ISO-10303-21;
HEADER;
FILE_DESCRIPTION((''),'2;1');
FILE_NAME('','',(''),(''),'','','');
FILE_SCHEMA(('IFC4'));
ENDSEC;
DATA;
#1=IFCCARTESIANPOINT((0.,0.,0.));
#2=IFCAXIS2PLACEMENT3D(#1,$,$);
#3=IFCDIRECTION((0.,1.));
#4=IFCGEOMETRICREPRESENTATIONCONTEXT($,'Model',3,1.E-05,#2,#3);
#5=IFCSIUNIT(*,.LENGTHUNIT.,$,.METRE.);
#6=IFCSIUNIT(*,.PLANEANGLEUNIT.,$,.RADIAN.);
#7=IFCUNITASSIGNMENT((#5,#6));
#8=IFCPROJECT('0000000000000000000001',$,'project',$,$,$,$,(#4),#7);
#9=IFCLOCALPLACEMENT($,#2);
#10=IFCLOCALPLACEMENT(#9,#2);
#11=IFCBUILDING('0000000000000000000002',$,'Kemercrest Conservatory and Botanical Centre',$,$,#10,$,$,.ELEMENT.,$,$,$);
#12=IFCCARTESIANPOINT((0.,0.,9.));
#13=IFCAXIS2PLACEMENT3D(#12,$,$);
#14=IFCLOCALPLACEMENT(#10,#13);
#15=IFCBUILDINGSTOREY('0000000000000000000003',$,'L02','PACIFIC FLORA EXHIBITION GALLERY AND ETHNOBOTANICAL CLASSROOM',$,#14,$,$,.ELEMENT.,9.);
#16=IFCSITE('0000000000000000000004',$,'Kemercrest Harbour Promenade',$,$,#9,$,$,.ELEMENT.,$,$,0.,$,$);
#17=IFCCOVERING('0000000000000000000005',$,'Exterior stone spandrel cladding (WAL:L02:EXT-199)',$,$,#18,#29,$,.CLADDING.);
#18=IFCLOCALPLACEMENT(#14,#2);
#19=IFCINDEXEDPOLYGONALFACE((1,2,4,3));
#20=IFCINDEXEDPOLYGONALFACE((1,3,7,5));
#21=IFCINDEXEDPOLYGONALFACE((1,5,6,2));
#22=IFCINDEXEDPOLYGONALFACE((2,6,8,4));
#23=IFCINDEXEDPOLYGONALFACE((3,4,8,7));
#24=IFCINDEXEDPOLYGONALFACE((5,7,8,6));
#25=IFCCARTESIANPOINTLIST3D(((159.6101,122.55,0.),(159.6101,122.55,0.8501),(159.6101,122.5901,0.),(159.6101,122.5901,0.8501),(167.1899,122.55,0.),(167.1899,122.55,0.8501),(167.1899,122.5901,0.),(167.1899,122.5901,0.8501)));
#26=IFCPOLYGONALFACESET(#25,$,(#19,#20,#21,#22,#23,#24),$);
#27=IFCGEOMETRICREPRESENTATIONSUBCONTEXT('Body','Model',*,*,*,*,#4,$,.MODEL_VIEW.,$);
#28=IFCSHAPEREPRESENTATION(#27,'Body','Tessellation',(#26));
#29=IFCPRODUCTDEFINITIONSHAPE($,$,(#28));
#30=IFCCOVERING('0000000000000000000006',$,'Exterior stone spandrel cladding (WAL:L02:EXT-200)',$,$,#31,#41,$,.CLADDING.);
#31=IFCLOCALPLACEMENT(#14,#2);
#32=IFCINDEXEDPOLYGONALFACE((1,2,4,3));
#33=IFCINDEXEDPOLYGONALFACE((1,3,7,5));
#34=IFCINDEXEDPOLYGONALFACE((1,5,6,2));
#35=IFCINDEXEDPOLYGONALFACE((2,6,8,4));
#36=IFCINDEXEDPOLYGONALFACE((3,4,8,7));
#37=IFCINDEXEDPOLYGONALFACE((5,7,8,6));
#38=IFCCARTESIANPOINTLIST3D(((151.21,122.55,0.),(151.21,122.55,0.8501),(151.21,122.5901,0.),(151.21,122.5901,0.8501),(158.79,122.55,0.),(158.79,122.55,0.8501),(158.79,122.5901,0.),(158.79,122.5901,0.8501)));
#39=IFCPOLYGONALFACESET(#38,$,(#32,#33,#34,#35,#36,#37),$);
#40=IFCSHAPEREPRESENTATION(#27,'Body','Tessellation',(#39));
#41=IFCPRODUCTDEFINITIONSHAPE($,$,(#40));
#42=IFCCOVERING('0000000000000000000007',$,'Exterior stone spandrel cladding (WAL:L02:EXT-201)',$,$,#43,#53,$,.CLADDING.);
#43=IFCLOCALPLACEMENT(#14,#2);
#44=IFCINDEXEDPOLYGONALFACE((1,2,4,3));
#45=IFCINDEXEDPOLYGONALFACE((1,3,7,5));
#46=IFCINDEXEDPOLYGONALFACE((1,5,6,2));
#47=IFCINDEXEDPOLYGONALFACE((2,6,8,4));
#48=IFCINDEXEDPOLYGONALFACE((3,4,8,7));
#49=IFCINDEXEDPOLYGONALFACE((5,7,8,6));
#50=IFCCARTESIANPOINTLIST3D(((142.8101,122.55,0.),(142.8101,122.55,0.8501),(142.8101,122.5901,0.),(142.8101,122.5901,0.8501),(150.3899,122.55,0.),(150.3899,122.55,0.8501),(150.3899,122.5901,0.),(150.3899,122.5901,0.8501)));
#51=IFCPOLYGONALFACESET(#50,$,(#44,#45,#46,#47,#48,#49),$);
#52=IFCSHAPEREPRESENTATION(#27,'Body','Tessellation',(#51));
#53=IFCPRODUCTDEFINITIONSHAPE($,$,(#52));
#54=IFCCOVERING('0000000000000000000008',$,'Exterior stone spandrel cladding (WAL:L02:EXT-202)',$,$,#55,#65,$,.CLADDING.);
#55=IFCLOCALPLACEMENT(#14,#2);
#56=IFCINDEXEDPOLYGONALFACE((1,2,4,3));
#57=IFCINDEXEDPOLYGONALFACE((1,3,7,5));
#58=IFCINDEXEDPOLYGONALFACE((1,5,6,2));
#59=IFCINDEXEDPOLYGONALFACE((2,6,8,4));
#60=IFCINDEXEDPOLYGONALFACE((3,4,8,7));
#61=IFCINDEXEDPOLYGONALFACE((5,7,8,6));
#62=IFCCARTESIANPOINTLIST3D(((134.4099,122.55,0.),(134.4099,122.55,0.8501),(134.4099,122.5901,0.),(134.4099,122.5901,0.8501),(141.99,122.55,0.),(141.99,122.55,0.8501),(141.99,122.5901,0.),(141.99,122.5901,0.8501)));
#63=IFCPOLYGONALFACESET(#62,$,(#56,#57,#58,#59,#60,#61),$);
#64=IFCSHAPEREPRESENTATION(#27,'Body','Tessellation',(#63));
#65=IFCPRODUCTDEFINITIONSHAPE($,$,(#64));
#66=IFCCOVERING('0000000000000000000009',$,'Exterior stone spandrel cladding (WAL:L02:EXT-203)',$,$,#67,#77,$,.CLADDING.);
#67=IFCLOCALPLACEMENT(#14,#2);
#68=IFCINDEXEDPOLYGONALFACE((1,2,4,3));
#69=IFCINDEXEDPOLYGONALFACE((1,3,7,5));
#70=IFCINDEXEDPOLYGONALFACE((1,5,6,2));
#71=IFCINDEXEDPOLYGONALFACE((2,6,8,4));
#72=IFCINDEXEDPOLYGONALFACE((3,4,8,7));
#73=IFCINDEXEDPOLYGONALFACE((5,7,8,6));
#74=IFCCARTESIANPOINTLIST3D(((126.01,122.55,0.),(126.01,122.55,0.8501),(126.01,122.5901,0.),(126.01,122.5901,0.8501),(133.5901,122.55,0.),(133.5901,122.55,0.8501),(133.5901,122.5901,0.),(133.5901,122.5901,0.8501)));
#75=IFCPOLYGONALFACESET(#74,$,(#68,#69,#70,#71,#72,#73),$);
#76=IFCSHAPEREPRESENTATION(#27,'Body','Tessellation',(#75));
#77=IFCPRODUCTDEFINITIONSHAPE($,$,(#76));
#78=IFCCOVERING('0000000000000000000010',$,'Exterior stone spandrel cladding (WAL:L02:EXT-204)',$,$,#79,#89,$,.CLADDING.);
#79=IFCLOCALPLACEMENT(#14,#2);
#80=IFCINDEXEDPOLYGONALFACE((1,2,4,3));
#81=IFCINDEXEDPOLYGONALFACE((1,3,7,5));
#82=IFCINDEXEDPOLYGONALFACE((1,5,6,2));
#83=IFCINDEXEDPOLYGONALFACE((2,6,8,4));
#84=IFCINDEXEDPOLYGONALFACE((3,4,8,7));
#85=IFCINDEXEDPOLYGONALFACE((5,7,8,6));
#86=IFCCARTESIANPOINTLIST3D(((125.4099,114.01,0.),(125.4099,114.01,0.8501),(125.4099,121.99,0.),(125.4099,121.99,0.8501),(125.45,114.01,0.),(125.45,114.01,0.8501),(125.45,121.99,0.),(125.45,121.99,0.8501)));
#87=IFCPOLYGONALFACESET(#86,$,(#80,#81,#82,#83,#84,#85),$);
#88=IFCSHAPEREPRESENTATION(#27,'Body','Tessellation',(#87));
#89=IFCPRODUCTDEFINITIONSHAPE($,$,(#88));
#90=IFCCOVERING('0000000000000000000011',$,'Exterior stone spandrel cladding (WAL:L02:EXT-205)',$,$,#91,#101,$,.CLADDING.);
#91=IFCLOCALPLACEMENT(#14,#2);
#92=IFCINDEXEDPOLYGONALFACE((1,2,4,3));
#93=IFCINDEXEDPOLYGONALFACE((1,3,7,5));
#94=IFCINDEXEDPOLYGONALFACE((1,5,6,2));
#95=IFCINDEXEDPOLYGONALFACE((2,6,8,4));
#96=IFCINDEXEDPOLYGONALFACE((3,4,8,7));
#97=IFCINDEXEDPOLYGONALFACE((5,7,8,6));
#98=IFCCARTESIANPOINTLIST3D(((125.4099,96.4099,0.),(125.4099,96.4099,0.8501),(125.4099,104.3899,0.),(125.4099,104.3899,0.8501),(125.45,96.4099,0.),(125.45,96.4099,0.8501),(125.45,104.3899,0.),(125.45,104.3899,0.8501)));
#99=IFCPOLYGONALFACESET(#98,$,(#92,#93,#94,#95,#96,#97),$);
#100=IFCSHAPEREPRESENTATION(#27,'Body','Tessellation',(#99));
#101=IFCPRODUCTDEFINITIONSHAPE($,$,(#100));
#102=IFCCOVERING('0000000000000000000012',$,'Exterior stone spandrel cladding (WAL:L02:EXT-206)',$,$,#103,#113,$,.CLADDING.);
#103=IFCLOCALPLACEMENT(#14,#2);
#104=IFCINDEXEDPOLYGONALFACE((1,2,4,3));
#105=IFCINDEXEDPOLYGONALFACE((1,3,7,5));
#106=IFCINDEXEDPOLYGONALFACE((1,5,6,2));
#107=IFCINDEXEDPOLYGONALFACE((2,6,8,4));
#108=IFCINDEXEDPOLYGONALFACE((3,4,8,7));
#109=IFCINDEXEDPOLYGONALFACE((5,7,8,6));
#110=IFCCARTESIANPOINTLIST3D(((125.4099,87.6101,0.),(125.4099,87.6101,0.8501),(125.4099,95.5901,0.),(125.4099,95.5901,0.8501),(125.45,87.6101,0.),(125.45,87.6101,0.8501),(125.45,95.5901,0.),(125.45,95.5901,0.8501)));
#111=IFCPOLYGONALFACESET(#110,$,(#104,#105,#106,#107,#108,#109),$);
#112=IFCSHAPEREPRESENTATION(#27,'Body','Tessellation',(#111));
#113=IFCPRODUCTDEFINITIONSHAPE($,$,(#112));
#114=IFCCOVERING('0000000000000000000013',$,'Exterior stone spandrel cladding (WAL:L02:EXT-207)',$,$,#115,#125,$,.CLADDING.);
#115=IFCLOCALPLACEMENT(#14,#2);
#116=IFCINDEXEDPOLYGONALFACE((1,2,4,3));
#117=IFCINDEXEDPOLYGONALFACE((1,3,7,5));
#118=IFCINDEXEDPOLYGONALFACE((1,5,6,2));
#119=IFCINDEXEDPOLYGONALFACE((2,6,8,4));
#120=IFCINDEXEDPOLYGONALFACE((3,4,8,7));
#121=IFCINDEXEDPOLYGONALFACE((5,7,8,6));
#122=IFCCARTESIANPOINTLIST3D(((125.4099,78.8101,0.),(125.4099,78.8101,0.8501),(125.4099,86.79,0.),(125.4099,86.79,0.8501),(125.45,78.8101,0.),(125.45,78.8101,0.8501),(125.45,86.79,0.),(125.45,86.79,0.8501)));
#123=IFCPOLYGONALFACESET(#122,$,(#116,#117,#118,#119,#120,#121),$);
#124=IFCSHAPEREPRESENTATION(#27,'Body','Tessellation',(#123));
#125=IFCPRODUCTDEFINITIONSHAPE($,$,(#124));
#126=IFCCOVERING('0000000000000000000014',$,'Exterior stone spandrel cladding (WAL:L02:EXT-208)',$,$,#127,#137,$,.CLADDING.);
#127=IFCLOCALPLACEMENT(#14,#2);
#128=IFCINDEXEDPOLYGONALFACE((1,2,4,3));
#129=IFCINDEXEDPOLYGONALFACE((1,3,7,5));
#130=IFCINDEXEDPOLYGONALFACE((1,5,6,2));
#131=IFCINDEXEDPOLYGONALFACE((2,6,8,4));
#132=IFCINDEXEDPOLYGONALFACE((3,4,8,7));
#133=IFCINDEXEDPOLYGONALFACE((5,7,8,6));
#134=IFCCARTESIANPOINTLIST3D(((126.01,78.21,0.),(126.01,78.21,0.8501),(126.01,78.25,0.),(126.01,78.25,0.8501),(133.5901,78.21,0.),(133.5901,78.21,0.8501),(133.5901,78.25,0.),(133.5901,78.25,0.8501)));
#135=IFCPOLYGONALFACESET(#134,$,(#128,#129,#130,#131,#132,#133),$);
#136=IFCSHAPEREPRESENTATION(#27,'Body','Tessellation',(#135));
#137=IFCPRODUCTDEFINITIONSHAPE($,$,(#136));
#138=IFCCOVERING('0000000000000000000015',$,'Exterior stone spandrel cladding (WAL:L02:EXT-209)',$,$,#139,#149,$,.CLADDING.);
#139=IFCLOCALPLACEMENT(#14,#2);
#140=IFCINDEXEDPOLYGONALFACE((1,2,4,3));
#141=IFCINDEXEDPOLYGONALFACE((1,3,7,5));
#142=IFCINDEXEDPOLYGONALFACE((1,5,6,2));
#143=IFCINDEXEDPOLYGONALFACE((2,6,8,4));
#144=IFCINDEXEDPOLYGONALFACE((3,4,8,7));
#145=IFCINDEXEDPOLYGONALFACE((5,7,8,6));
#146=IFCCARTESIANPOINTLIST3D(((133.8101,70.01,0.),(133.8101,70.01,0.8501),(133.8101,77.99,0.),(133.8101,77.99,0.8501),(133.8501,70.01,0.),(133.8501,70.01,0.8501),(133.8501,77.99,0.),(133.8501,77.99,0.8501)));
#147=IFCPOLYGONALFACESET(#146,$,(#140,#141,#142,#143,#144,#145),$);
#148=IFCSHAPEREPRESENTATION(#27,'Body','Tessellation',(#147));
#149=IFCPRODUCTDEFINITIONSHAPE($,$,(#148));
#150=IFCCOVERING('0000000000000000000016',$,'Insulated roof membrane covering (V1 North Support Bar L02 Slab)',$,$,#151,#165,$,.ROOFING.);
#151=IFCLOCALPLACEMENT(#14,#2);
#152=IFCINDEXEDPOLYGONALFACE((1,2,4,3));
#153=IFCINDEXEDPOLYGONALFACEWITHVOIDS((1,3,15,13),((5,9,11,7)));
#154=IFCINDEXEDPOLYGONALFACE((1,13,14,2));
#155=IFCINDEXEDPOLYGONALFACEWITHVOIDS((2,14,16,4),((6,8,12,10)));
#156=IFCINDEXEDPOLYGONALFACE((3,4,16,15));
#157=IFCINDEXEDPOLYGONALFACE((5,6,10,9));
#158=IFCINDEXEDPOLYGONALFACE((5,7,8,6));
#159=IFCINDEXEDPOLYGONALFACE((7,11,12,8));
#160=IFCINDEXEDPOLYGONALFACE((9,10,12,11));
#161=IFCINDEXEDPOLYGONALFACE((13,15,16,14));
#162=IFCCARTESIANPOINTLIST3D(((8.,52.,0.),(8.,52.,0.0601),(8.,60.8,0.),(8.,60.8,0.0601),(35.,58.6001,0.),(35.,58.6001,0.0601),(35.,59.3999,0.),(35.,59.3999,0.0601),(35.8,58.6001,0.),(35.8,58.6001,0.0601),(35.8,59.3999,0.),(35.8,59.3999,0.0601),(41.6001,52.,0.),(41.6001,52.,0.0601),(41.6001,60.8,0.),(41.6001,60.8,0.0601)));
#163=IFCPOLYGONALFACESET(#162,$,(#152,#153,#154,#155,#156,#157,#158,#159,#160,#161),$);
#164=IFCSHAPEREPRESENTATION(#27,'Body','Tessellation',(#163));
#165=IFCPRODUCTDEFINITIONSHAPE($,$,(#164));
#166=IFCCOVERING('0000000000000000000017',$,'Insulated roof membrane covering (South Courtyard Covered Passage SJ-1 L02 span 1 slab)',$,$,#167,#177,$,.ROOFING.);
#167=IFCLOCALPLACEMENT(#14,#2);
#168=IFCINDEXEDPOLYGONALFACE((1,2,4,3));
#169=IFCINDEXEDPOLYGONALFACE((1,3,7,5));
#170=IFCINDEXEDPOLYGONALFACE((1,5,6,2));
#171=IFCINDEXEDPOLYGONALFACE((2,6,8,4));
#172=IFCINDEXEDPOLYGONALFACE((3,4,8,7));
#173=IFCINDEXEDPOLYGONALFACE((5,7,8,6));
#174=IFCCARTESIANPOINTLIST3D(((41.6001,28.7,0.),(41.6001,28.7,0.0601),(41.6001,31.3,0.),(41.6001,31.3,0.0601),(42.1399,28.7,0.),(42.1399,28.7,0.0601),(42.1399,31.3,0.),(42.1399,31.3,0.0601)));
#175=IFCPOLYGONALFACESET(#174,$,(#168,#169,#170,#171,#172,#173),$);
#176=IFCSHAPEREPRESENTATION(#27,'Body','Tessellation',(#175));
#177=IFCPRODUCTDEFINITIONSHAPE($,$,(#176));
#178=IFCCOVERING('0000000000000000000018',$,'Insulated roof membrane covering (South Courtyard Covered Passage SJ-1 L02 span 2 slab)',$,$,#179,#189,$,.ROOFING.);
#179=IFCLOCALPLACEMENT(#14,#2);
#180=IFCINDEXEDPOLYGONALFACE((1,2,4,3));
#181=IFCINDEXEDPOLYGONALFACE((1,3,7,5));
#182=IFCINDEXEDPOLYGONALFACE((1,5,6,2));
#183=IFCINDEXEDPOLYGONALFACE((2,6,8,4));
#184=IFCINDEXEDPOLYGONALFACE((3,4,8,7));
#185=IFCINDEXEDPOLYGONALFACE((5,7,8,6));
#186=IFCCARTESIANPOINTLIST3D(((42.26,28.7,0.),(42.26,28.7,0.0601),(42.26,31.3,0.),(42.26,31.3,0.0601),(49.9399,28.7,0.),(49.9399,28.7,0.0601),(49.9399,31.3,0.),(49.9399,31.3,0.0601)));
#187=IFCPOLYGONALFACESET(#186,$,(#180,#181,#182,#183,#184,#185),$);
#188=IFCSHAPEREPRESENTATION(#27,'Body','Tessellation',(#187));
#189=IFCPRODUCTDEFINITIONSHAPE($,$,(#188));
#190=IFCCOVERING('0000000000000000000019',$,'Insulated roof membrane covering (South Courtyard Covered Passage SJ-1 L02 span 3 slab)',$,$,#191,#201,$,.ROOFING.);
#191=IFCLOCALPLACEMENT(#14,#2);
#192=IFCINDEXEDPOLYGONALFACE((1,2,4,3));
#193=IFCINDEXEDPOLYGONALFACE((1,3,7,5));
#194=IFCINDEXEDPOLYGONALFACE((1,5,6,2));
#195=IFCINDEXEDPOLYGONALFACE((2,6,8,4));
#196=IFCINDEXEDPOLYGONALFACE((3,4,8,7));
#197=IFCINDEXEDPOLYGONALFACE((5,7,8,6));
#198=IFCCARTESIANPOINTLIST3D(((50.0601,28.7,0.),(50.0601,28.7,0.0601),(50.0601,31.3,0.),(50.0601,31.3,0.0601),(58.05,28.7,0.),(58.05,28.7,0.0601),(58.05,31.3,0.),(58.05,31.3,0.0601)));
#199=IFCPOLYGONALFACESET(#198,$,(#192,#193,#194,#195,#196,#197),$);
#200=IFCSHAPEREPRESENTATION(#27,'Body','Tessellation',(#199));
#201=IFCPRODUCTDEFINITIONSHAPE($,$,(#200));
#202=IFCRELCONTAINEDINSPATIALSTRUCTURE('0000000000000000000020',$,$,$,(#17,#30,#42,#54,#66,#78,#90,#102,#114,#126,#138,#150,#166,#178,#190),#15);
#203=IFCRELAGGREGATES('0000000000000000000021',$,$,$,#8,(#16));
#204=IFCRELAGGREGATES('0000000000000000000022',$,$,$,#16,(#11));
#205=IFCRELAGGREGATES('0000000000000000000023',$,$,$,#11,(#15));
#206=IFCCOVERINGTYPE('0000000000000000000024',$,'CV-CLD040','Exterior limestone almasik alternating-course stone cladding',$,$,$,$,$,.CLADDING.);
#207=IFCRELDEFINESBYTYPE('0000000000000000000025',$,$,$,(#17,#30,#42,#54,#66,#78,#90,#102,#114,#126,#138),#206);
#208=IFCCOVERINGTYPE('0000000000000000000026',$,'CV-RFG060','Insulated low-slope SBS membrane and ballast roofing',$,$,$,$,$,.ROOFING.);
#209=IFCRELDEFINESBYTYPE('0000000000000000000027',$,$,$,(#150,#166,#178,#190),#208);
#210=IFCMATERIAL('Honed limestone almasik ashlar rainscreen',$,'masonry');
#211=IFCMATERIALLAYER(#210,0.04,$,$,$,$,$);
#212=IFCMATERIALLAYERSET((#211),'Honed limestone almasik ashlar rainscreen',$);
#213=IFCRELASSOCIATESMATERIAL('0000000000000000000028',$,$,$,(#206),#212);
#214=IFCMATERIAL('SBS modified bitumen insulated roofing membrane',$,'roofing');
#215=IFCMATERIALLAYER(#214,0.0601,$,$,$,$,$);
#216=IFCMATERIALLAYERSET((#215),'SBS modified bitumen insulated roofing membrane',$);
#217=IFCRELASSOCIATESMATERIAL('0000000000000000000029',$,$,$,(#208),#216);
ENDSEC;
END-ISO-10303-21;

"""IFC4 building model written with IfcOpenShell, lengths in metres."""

from ifc_helpers import new_model, si_unit, direction, frame, origin, place, context, subcontext, project, spatial, polyline, outline, extrude, material, layer, layer_set, type_object, element, save


model = new_model("IFC4")

# Units and contexts
model_context = context("Model", 3, precision=1e-05, world=origin(), true_north=direction((0.0, 1.0)))
body_context = subcontext(model_context, "Body", "Model", "MODEL_VIEW")
ifc_project = project(units=[si_unit("LENGTHUNIT", "METRE"), si_unit("PLANEANGLEUNIT", "RADIAN")], contexts=[model_context])

# Site, building, storey
site_placement = place(None, origin())
site = spatial("IfcSite", under=ifc_project, at=site_placement, Name="Kemercrest Harbour Promenade", CompositionType="ELEMENT", RefElevation=0.0)
building_placement = place(site_placement, origin())
building = spatial("IfcBuilding", under=site, at=building_placement, Name="Kemercrest Conservatory and Botanical Centre", CompositionType="ELEMENT")
storey_placement = place(building_placement, frame((0.0, 0.0, 9.0)))
storey = spatial("IfcBuildingStorey", under=building, at=storey_placement, Name="L02", Description="PACIFIC FLORA EXHIBITION GALLERY AND ETHNOBOTANICAL CLASSROOM", CompositionType="ELEMENT", Elevation=9.0)

# Coverings
ifc_material_1 = material(Name="Honed limestone almasik ashlar rainscreen", Category="masonry")
ifc_layer_1 = layer(ifc_material_1, 0.04)
ifc_layer_set_1 = layer_set([ifc_layer_1], Name="Honed limestone almasik ashlar rainscreen")
covering_type_1 = type_object("IfcCoveringType", Name="CV-CLD040", Description="Exterior limestone almasik alternating-course stone cladding", PredefinedType="CLADDING", material=ifc_layer_set_1)
covering_1_placement = place(storey_placement, origin())
element("IfcCovering", 1, at=covering_1_placement, inside=storey, type_object=covering_type_1, Name="Exterior stone spandrel cladding (WAL:L02:EXT-199)", PredefinedType="CLADDING", context=body_context, shape_type="SweptSolid", body=[
    extrude(outline(polyline([(167.1899, 122.55), (167.1899, 122.5901), (159.6101, 122.5901), (159.6101, 122.55), (167.1899, 122.55)])), origin(), (0.0, 0.0, 1.0), 0.8501),
])
covering_2_placement = place(storey_placement, origin())
element("IfcCovering", 2, at=covering_2_placement, inside=storey, type_object=covering_type_1, Name="Exterior stone spandrel cladding (WAL:L02:EXT-200)", PredefinedType="CLADDING", context=body_context, shape_type="SweptSolid", body=[
    extrude(outline(polyline([(158.79, 122.55), (158.79, 122.5901), (151.21, 122.5901), (151.21, 122.55), (158.79, 122.55)])), origin(), (0.0, 0.0, 1.0), 0.8501),
])
covering_3_placement = place(storey_placement, origin())
element("IfcCovering", 3, at=covering_3_placement, inside=storey, type_object=covering_type_1, Name="Exterior stone spandrel cladding (WAL:L02:EXT-201)", PredefinedType="CLADDING", context=body_context, shape_type="SweptSolid", body=[
    extrude(outline(polyline([(150.3899, 122.55), (150.3899, 122.5901), (142.8101, 122.5901), (142.8101, 122.55), (150.3899, 122.55)])), origin(), (0.0, 0.0, 1.0), 0.8501),
])
covering_4_placement = place(storey_placement, origin())
element("IfcCovering", 4, at=covering_4_placement, inside=storey, type_object=covering_type_1, Name="Exterior stone spandrel cladding (WAL:L02:EXT-202)", PredefinedType="CLADDING", context=body_context, shape_type="SweptSolid", body=[
    extrude(outline(polyline([(141.99, 122.55), (141.99, 122.5901), (134.4099, 122.5901), (134.4099, 122.55), (141.99, 122.55)])), origin(), (0.0, 0.0, 1.0), 0.8501),
])
covering_5_placement = place(storey_placement, origin())
element("IfcCovering", 5, at=covering_5_placement, inside=storey, type_object=covering_type_1, Name="Exterior stone spandrel cladding (WAL:L02:EXT-203)", PredefinedType="CLADDING", context=body_context, shape_type="SweptSolid", body=[
    extrude(outline(polyline([(133.5901, 122.55), (133.5901, 122.5901), (126.01, 122.5901), (126.01, 122.55), (133.5901, 122.55)])), origin(), (0.0, 0.0, 1.0), 0.8501),
])
covering_6_placement = place(storey_placement, origin())
element("IfcCovering", 6, at=covering_6_placement, inside=storey, type_object=covering_type_1, Name="Exterior stone spandrel cladding (WAL:L02:EXT-204)", PredefinedType="CLADDING", context=body_context, shape_type="SweptSolid", body=[
    extrude(outline(polyline([(125.45, 121.99), (125.4099, 121.99), (125.4099, 114.01), (125.45, 114.01), (125.45, 121.99)])), origin(), (0.0, 0.0, 1.0), 0.8501),
])
covering_7_placement = place(storey_placement, origin())
element("IfcCovering", 7, at=covering_7_placement, inside=storey, type_object=covering_type_1, Name="Exterior stone spandrel cladding (WAL:L02:EXT-205)", PredefinedType="CLADDING", context=body_context, shape_type="SweptSolid", body=[
    extrude(outline(polyline([(125.45, 104.3899), (125.4099, 104.3899), (125.4099, 96.4099), (125.45, 96.4099), (125.45, 104.3899)])), origin(), (0.0, 0.0, 1.0), 0.8501),
])
covering_8_placement = place(storey_placement, origin())
element("IfcCovering", 8, at=covering_8_placement, inside=storey, type_object=covering_type_1, Name="Exterior stone spandrel cladding (WAL:L02:EXT-206)", PredefinedType="CLADDING", context=body_context, shape_type="SweptSolid", body=[
    extrude(outline(polyline([(125.45, 95.5901), (125.4099, 95.5901), (125.4099, 87.6101), (125.45, 87.6101), (125.45, 95.5901)])), origin(), (0.0, 0.0, 1.0), 0.8501),
])
covering_9_placement = place(storey_placement, origin())
element("IfcCovering", 9, at=covering_9_placement, inside=storey, type_object=covering_type_1, Name="Exterior stone spandrel cladding (WAL:L02:EXT-207)", PredefinedType="CLADDING", context=body_context, shape_type="SweptSolid", body=[
    extrude(outline(polyline([(125.45, 86.79), (125.4099, 86.79), (125.4099, 78.8101), (125.45, 78.8101), (125.45, 86.79)])), origin(), (0.0, 0.0, 1.0), 0.8501),
])
covering_10_placement = place(storey_placement, origin())
element("IfcCovering", 10, at=covering_10_placement, inside=storey, type_object=covering_type_1, Name="Exterior stone spandrel cladding (WAL:L02:EXT-208)", PredefinedType="CLADDING", context=body_context, shape_type="SweptSolid", body=[
    extrude(outline(polyline([(126.01, 78.25), (126.01, 78.21), (133.5901, 78.21), (133.5901, 78.25), (126.01, 78.25)])), origin(), (0.0, 0.0, 1.0), 0.8501),
])
covering_11_placement = place(storey_placement, origin())
element("IfcCovering", 11, at=covering_11_placement, inside=storey, type_object=covering_type_1, Name="Exterior stone spandrel cladding (WAL:L02:EXT-209)", PredefinedType="CLADDING", context=body_context, shape_type="SweptSolid", body=[
    extrude(outline(polyline([(133.8501, 77.99), (133.8101, 77.99), (133.8101, 70.01), (133.8501, 70.01), (133.8501, 77.99)])), origin(), (0.0, 0.0, 1.0), 0.8501),
])
ifc_material_2 = material(Name="SBS modified bitumen insulated roofing membrane", Category="roofing")
ifc_layer_2 = layer(ifc_material_2, 0.0601)
ifc_layer_set_2 = layer_set([ifc_layer_2], Name="SBS modified bitumen insulated roofing membrane")
covering_type_2 = type_object("IfcCoveringType", Name="CV-RFG060", Description="Insulated low-slope SBS membrane and ballast roofing", PredefinedType="ROOFING", material=ifc_layer_set_2)
covering_12_placement = place(storey_placement, origin())
element("IfcCovering", 12, at=covering_12_placement, inside=storey, type_object=covering_type_2, Name="Insulated roof membrane covering (V1 North Support Bar L02 Slab)", PredefinedType="ROOFING", context=body_context, shape_type="SweptSolid", body=[
    extrude(outline(polyline([(41.6001, 60.8), (8.0, 60.8), (8.0, 52.0), (41.6001, 52.0), (41.6001, 60.8)]), holes=[polyline([(35.8, 59.3999), (35.8, 58.6001), (35.0, 58.6001), (35.0, 59.3999), (35.8, 59.3999)])]), origin(), (0.0, 0.0, 1.0), 0.0601),
])
covering_13_placement = place(storey_placement, origin())
element("IfcCovering", 13, at=covering_13_placement, inside=storey, type_object=covering_type_2, Name="Insulated roof membrane covering (South Courtyard Covered Passage SJ-1 L02 span 1 slab)", PredefinedType="ROOFING", context=body_context, shape_type="SweptSolid", body=[
    extrude(outline(polyline([(41.6001, 28.7), (42.1399, 28.7), (42.1399, 31.3), (41.6001, 31.3), (41.6001, 28.7)])), origin(), (0.0, 0.0, 1.0), 0.0601),
])
covering_14_placement = place(storey_placement, origin())
element("IfcCovering", 14, at=covering_14_placement, inside=storey, type_object=covering_type_2, Name="Insulated roof membrane covering (South Courtyard Covered Passage SJ-1 L02 span 2 slab)", PredefinedType="ROOFING", context=body_context, shape_type="SweptSolid", body=[
    extrude(outline(polyline([(42.26, 28.7), (49.9399, 28.7), (49.9399, 31.3), (42.26, 31.3), (42.26, 28.7)])), origin(), (0.0, 0.0, 1.0), 0.0601),
])
covering_15_placement = place(storey_placement, origin())
element("IfcCovering", 15, at=covering_15_placement, inside=storey, type_object=covering_type_2, Name="Insulated roof membrane covering (South Courtyard Covered Passage SJ-1 L02 span 3 slab)", PredefinedType="ROOFING", context=body_context, shape_type="SweptSolid", body=[
    extrude(outline(polyline([(50.0601, 28.7), (58.05, 28.7), (58.05, 31.3), (50.0601, 31.3), (50.0601, 28.7)])), origin(), (0.0, 0.0, 1.0), 0.0601),
])

save(model, "model.ifc")
